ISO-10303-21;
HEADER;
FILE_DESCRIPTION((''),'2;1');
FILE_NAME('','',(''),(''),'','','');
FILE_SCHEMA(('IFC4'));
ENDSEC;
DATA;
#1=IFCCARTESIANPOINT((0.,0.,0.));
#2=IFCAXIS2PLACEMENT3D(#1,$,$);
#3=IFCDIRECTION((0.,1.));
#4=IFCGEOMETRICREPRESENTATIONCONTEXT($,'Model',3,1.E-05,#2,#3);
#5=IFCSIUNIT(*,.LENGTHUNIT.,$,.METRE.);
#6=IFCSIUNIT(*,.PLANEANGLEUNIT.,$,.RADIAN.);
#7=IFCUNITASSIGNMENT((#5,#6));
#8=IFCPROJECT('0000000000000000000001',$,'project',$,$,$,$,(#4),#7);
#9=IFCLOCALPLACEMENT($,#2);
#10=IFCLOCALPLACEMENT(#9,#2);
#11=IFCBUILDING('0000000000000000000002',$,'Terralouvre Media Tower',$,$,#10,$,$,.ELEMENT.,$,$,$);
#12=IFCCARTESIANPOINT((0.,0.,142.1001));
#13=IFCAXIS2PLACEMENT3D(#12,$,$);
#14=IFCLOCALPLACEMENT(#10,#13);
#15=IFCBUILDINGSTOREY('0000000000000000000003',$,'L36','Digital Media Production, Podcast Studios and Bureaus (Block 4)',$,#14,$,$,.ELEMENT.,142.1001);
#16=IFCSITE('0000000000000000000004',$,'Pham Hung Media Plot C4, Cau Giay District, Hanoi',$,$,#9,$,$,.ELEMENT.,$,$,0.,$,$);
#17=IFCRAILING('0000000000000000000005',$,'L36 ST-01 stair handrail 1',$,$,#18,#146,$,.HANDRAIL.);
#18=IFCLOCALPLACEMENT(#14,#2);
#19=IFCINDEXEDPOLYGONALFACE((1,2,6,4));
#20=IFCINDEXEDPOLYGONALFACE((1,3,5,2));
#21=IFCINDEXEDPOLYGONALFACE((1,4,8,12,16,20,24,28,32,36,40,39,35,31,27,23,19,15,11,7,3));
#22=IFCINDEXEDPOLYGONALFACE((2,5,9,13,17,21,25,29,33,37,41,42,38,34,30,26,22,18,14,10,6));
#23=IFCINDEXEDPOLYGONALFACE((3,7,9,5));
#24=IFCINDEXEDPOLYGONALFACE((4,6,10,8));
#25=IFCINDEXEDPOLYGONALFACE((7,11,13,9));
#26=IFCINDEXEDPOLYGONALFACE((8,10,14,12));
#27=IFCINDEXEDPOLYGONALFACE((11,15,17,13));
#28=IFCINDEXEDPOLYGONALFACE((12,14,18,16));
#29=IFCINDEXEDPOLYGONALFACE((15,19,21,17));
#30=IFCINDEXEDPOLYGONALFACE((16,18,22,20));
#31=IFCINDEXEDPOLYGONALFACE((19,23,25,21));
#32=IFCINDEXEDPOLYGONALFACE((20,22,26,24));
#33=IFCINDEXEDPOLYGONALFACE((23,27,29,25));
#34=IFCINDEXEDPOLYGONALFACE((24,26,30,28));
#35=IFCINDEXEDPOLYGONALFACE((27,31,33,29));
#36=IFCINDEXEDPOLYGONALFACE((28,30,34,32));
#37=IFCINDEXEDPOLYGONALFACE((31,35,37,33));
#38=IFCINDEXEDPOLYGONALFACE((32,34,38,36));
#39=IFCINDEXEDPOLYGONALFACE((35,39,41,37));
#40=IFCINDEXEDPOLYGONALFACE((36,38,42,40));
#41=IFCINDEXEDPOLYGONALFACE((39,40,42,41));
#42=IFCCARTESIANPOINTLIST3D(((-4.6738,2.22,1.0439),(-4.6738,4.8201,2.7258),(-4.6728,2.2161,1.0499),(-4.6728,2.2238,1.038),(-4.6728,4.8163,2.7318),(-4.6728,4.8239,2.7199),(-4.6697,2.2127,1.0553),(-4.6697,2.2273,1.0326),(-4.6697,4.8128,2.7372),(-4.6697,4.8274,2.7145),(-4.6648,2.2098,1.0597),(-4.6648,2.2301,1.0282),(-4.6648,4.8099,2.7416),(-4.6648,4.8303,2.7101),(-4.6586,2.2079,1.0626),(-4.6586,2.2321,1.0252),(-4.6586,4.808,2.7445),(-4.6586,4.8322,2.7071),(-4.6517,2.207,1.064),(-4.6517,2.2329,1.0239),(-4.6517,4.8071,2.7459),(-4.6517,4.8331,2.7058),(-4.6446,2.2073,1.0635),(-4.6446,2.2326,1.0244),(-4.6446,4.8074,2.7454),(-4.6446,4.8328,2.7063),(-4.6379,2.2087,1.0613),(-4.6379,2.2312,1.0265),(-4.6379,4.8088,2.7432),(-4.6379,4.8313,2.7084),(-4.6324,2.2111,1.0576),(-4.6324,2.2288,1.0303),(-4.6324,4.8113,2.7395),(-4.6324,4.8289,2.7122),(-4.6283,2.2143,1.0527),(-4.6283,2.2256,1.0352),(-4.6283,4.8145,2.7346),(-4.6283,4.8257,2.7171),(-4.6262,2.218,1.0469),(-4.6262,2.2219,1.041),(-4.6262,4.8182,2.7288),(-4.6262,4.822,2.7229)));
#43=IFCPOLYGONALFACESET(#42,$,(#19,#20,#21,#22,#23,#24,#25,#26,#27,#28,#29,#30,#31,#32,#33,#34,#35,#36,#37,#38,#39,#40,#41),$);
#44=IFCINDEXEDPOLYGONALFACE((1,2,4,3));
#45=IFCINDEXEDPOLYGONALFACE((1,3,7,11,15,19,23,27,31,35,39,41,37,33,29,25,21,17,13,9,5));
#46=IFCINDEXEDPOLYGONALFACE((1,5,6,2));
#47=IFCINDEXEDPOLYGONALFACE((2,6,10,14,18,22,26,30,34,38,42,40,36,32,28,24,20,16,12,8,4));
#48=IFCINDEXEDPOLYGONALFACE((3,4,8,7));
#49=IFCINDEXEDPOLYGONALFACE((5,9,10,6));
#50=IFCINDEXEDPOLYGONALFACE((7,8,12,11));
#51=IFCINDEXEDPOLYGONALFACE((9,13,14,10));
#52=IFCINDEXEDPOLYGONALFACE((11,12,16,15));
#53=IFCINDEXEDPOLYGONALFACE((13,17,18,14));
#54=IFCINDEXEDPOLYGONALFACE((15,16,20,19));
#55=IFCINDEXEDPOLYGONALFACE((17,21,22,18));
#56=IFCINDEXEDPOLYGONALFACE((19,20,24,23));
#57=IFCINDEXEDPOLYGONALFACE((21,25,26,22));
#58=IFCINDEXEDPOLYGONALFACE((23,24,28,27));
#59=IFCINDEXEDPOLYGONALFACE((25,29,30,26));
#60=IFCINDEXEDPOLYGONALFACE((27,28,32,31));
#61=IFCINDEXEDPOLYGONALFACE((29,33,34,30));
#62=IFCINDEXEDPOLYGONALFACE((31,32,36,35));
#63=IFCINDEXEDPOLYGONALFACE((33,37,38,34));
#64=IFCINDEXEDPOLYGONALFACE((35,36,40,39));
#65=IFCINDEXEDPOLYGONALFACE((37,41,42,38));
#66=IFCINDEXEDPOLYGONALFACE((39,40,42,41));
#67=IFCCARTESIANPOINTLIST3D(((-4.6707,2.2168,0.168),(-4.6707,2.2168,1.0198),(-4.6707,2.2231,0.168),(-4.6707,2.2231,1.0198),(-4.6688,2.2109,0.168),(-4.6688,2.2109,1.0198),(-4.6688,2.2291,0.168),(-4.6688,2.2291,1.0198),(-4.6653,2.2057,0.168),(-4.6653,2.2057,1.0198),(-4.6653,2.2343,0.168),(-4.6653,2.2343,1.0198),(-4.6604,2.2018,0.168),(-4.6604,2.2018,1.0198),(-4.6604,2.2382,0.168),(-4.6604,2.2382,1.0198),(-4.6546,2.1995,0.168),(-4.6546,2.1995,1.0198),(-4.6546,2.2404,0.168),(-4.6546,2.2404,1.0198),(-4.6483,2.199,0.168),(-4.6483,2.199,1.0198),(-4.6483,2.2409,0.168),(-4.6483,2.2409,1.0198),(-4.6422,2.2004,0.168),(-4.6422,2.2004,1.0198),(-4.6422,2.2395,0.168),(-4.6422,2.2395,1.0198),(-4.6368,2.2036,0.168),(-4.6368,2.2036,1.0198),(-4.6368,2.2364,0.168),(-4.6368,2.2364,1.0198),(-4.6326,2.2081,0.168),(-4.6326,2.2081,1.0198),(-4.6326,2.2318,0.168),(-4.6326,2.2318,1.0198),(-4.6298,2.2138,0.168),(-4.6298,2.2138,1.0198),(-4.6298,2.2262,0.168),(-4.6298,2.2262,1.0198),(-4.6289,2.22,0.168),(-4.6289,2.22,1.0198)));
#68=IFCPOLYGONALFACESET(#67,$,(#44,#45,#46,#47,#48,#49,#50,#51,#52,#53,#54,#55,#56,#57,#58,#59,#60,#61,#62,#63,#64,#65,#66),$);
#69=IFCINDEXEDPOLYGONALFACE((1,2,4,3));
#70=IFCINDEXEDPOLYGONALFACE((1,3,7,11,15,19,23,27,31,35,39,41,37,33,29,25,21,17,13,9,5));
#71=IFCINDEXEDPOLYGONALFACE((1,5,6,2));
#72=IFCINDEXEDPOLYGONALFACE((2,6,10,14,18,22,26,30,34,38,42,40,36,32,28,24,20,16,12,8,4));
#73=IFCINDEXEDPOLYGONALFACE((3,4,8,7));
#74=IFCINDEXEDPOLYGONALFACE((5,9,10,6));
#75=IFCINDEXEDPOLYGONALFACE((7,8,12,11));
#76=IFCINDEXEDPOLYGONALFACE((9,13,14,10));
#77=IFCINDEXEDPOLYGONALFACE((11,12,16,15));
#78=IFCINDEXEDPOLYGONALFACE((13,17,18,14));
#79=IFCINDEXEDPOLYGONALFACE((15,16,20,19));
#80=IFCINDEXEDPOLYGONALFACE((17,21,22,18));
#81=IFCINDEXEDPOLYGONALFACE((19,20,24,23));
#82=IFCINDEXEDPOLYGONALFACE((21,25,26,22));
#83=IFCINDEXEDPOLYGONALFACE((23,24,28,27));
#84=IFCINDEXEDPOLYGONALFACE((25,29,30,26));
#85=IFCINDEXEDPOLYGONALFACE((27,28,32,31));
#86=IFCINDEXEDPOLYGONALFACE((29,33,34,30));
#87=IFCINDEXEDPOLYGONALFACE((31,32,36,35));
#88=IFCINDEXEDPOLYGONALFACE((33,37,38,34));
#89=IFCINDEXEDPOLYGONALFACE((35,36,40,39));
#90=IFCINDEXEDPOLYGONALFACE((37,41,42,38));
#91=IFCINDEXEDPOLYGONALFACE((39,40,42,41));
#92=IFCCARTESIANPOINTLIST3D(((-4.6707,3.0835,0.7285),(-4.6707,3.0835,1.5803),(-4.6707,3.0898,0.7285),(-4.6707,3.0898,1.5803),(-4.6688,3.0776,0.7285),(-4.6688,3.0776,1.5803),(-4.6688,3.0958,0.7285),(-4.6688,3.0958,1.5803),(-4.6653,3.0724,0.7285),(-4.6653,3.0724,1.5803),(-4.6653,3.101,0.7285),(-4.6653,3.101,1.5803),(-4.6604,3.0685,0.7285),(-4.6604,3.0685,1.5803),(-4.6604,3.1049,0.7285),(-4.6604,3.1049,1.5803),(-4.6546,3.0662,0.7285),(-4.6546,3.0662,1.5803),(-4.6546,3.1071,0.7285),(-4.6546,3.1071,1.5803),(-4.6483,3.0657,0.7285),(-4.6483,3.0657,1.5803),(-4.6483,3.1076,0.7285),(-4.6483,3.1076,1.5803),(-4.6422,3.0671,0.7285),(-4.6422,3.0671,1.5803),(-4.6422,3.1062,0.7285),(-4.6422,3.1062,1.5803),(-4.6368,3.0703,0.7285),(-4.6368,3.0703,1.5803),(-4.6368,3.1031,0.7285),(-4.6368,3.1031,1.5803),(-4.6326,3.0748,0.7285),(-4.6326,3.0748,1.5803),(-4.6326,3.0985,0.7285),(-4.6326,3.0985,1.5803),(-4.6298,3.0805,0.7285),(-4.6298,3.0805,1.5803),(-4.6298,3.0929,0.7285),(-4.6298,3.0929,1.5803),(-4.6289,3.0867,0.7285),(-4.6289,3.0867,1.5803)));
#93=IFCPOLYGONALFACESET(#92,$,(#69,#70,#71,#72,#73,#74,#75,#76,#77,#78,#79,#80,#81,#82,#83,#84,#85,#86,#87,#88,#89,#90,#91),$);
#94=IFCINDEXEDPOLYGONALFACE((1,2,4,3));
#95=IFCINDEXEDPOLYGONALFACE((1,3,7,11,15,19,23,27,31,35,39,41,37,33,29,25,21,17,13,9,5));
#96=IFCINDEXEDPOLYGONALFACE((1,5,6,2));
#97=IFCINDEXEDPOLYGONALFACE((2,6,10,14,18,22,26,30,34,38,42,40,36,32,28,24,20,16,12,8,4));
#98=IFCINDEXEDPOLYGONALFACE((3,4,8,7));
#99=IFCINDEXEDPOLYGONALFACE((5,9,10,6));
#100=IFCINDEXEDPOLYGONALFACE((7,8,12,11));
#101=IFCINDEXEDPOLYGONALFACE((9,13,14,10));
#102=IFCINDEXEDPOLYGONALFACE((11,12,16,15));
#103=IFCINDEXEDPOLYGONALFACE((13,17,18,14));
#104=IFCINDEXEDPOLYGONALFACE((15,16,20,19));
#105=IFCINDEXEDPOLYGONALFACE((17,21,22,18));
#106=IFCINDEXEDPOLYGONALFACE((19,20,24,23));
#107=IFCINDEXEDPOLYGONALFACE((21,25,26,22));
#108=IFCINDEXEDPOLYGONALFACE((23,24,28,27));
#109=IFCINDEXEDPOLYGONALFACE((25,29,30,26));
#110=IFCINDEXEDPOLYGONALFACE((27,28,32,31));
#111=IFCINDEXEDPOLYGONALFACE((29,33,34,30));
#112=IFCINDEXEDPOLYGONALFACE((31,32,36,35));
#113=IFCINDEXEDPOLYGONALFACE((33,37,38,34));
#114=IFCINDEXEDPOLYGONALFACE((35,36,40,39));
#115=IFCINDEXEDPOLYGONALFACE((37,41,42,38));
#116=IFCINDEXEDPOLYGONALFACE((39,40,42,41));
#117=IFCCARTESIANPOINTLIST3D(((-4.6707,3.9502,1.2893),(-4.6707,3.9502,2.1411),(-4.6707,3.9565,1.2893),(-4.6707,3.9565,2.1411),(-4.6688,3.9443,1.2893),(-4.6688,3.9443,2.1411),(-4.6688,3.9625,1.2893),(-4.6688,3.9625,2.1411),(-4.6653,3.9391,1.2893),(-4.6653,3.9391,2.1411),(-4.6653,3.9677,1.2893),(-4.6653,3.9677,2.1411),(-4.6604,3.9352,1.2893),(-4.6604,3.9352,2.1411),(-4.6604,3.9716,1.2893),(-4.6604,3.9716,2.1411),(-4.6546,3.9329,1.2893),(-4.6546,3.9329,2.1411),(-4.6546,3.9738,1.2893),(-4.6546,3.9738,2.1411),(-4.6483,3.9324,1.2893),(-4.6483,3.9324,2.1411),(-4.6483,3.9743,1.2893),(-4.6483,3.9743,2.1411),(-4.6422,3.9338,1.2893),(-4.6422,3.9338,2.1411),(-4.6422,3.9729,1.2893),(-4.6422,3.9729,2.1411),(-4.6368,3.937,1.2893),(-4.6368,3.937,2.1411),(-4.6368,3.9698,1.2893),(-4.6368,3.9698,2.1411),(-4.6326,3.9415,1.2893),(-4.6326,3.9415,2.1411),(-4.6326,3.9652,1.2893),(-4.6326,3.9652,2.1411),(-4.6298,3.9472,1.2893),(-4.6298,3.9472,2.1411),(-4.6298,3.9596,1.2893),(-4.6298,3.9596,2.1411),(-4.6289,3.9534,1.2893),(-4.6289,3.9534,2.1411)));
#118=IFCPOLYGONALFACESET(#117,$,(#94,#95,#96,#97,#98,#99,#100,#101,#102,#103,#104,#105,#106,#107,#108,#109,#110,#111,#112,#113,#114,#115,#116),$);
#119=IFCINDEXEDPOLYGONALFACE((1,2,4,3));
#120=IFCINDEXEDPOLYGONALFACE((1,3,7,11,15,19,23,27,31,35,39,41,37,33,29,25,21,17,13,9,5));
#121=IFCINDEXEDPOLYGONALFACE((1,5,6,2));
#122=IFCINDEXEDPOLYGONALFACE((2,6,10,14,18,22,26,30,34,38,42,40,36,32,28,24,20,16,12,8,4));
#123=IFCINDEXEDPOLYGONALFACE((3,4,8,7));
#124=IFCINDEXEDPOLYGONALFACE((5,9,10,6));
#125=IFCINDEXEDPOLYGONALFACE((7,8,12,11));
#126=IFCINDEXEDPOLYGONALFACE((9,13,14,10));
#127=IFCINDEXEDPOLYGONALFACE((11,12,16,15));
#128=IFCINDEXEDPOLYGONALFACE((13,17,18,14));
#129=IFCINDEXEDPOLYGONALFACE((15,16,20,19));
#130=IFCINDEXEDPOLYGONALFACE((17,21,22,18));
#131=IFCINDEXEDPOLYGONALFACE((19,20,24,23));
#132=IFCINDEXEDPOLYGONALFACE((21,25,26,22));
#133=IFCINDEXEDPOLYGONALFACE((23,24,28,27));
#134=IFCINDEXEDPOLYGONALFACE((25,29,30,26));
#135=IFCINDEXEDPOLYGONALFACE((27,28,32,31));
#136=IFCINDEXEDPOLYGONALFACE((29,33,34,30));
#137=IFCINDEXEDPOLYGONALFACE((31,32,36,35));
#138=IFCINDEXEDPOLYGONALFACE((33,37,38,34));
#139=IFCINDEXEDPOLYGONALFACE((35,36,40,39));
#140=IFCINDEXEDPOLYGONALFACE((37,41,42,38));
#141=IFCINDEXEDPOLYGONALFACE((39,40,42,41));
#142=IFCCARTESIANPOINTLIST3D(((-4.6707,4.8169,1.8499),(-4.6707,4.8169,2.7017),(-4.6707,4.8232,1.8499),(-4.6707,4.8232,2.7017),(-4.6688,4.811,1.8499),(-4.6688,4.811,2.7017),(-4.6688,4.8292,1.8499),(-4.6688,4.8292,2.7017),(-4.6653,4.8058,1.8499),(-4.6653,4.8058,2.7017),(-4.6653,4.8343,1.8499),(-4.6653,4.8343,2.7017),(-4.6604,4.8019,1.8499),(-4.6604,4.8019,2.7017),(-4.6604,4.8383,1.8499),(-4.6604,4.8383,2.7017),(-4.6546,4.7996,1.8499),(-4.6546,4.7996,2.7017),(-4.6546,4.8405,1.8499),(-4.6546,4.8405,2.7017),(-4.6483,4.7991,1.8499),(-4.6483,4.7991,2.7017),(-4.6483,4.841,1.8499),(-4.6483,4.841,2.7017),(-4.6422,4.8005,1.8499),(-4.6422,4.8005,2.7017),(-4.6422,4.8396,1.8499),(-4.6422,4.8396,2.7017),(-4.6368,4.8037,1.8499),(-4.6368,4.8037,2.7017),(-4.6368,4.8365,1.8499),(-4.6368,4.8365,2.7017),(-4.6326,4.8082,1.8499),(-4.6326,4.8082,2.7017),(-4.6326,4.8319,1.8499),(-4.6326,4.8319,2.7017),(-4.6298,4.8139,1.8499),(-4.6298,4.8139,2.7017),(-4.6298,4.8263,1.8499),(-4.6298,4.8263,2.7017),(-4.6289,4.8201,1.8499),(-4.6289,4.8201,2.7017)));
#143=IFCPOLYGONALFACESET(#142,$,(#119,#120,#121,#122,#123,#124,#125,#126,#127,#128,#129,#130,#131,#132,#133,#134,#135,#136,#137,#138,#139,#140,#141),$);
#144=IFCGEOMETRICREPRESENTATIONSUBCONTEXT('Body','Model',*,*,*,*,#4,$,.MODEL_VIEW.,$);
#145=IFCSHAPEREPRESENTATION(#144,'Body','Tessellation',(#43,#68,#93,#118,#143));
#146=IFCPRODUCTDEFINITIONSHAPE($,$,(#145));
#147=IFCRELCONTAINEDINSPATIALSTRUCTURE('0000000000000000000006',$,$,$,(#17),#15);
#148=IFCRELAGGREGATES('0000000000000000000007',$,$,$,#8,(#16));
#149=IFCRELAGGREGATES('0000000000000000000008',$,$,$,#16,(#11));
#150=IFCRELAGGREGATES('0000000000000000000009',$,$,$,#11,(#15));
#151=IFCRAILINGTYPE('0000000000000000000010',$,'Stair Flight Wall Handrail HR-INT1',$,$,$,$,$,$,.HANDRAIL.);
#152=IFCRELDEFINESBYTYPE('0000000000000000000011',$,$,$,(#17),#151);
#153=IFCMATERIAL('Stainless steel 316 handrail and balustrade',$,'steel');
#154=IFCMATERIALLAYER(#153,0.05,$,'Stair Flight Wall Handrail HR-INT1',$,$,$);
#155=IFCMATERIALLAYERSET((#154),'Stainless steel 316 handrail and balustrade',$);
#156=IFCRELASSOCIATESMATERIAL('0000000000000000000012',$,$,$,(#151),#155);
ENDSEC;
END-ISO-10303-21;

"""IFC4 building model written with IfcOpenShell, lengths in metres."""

from ifc_helpers import new_model, si_unit, direction, frame, origin, origin_2d, place, context, subcontext, project, spatial, circle, extrude, material, layer, layer_set, type_object, element, save


model = new_model("IFC4")

# Units and contexts
model_context = context("Model", 3, precision=1e-05, world=origin(), true_north=direction((0.0, 1.0)))
body_context = subcontext(model_context, "Body", "Model", "MODEL_VIEW")
ifc_project = project(units=[si_unit("LENGTHUNIT", "METRE"), si_unit("PLANEANGLEUNIT", "RADIAN")], contexts=[model_context])

# Site, building, storey
site_placement = place(None, origin())
site = spatial("IfcSite", under=ifc_project, at=site_placement, Name="Pham Hung Media Plot C4, Cau Giay District, Hanoi", CompositionType="ELEMENT", RefElevation=0.0)
building_placement = place(site_placement, origin())
building = spatial("IfcBuilding", under=site, at=building_placement, Name="Terralouvre Media Tower", CompositionType="ELEMENT")
storey_placement = place(building_placement, frame((0.0, 0.0, 142.1001)))
storey = spatial("IfcBuildingStorey", under=building, at=storey_placement, Name="L36", Description="Digital Media Production, Podcast Studios and Bureaus (Block 4)", CompositionType="ELEMENT", Elevation=142.1001)

# Railing
ifc_material_1 = material(Name="Stainless steel 316 handrail and balustrade", Category="steel")
ifc_layer_1 = layer(ifc_material_1, 0.05, Name="Stair Flight Wall Handrail HR-INT1")
ifc_layer_set_1 = layer_set([ifc_layer_1], Name="Stainless steel 316 handrail and balustrade")
railing_type_1 = type_object("IfcRailingType", Name="Stair Flight Wall Handrail HR-INT1", PredefinedType="HANDRAIL", material=ifc_layer_set_1)
railing_1_placement = place(storey_placement, frame((-4.6499, 2.22, 0.168)))
element("IfcRailing", 1, at=railing_1_placement, inside=storey, type_object=railing_type_1, Name="L36 ST-01 stair handrail 1", PredefinedType="HANDRAIL", context=body_context, shape_type="SweptSolid", body=[
    extrude(circle(Radius=0.0239, at=origin_2d()), frame((0.0, 0.0, 0.876), z_axis=(0.0, 0.839648, 0.54313), x_axis=(-1.0, 0.0, 0.0)), (0.0, 0.0, 1.0), 3.0967),
    extrude(circle(Radius=0.021, at=origin_2d()), origin(), (0.0, 0.0, 1.0), 0.8518),
    extrude(circle(Radius=0.021, at=origin_2d()), frame((0.0, 0.8667, 0.5605)), (0.0, 0.0, 1.0), 0.8518),
    extrude(circle(Radius=0.021, at=origin_2d()), frame((0.0, 1.7334, 1.1213)), (0.0, 0.0, 1.0), 0.8518),
    extrude(circle(Radius=0.021, at=origin_2d()), frame((0.0, 2.6001, 1.6819)), (0.0, 0.0, 1.0), 0.8518),
])

save(model, "model.ifc")
